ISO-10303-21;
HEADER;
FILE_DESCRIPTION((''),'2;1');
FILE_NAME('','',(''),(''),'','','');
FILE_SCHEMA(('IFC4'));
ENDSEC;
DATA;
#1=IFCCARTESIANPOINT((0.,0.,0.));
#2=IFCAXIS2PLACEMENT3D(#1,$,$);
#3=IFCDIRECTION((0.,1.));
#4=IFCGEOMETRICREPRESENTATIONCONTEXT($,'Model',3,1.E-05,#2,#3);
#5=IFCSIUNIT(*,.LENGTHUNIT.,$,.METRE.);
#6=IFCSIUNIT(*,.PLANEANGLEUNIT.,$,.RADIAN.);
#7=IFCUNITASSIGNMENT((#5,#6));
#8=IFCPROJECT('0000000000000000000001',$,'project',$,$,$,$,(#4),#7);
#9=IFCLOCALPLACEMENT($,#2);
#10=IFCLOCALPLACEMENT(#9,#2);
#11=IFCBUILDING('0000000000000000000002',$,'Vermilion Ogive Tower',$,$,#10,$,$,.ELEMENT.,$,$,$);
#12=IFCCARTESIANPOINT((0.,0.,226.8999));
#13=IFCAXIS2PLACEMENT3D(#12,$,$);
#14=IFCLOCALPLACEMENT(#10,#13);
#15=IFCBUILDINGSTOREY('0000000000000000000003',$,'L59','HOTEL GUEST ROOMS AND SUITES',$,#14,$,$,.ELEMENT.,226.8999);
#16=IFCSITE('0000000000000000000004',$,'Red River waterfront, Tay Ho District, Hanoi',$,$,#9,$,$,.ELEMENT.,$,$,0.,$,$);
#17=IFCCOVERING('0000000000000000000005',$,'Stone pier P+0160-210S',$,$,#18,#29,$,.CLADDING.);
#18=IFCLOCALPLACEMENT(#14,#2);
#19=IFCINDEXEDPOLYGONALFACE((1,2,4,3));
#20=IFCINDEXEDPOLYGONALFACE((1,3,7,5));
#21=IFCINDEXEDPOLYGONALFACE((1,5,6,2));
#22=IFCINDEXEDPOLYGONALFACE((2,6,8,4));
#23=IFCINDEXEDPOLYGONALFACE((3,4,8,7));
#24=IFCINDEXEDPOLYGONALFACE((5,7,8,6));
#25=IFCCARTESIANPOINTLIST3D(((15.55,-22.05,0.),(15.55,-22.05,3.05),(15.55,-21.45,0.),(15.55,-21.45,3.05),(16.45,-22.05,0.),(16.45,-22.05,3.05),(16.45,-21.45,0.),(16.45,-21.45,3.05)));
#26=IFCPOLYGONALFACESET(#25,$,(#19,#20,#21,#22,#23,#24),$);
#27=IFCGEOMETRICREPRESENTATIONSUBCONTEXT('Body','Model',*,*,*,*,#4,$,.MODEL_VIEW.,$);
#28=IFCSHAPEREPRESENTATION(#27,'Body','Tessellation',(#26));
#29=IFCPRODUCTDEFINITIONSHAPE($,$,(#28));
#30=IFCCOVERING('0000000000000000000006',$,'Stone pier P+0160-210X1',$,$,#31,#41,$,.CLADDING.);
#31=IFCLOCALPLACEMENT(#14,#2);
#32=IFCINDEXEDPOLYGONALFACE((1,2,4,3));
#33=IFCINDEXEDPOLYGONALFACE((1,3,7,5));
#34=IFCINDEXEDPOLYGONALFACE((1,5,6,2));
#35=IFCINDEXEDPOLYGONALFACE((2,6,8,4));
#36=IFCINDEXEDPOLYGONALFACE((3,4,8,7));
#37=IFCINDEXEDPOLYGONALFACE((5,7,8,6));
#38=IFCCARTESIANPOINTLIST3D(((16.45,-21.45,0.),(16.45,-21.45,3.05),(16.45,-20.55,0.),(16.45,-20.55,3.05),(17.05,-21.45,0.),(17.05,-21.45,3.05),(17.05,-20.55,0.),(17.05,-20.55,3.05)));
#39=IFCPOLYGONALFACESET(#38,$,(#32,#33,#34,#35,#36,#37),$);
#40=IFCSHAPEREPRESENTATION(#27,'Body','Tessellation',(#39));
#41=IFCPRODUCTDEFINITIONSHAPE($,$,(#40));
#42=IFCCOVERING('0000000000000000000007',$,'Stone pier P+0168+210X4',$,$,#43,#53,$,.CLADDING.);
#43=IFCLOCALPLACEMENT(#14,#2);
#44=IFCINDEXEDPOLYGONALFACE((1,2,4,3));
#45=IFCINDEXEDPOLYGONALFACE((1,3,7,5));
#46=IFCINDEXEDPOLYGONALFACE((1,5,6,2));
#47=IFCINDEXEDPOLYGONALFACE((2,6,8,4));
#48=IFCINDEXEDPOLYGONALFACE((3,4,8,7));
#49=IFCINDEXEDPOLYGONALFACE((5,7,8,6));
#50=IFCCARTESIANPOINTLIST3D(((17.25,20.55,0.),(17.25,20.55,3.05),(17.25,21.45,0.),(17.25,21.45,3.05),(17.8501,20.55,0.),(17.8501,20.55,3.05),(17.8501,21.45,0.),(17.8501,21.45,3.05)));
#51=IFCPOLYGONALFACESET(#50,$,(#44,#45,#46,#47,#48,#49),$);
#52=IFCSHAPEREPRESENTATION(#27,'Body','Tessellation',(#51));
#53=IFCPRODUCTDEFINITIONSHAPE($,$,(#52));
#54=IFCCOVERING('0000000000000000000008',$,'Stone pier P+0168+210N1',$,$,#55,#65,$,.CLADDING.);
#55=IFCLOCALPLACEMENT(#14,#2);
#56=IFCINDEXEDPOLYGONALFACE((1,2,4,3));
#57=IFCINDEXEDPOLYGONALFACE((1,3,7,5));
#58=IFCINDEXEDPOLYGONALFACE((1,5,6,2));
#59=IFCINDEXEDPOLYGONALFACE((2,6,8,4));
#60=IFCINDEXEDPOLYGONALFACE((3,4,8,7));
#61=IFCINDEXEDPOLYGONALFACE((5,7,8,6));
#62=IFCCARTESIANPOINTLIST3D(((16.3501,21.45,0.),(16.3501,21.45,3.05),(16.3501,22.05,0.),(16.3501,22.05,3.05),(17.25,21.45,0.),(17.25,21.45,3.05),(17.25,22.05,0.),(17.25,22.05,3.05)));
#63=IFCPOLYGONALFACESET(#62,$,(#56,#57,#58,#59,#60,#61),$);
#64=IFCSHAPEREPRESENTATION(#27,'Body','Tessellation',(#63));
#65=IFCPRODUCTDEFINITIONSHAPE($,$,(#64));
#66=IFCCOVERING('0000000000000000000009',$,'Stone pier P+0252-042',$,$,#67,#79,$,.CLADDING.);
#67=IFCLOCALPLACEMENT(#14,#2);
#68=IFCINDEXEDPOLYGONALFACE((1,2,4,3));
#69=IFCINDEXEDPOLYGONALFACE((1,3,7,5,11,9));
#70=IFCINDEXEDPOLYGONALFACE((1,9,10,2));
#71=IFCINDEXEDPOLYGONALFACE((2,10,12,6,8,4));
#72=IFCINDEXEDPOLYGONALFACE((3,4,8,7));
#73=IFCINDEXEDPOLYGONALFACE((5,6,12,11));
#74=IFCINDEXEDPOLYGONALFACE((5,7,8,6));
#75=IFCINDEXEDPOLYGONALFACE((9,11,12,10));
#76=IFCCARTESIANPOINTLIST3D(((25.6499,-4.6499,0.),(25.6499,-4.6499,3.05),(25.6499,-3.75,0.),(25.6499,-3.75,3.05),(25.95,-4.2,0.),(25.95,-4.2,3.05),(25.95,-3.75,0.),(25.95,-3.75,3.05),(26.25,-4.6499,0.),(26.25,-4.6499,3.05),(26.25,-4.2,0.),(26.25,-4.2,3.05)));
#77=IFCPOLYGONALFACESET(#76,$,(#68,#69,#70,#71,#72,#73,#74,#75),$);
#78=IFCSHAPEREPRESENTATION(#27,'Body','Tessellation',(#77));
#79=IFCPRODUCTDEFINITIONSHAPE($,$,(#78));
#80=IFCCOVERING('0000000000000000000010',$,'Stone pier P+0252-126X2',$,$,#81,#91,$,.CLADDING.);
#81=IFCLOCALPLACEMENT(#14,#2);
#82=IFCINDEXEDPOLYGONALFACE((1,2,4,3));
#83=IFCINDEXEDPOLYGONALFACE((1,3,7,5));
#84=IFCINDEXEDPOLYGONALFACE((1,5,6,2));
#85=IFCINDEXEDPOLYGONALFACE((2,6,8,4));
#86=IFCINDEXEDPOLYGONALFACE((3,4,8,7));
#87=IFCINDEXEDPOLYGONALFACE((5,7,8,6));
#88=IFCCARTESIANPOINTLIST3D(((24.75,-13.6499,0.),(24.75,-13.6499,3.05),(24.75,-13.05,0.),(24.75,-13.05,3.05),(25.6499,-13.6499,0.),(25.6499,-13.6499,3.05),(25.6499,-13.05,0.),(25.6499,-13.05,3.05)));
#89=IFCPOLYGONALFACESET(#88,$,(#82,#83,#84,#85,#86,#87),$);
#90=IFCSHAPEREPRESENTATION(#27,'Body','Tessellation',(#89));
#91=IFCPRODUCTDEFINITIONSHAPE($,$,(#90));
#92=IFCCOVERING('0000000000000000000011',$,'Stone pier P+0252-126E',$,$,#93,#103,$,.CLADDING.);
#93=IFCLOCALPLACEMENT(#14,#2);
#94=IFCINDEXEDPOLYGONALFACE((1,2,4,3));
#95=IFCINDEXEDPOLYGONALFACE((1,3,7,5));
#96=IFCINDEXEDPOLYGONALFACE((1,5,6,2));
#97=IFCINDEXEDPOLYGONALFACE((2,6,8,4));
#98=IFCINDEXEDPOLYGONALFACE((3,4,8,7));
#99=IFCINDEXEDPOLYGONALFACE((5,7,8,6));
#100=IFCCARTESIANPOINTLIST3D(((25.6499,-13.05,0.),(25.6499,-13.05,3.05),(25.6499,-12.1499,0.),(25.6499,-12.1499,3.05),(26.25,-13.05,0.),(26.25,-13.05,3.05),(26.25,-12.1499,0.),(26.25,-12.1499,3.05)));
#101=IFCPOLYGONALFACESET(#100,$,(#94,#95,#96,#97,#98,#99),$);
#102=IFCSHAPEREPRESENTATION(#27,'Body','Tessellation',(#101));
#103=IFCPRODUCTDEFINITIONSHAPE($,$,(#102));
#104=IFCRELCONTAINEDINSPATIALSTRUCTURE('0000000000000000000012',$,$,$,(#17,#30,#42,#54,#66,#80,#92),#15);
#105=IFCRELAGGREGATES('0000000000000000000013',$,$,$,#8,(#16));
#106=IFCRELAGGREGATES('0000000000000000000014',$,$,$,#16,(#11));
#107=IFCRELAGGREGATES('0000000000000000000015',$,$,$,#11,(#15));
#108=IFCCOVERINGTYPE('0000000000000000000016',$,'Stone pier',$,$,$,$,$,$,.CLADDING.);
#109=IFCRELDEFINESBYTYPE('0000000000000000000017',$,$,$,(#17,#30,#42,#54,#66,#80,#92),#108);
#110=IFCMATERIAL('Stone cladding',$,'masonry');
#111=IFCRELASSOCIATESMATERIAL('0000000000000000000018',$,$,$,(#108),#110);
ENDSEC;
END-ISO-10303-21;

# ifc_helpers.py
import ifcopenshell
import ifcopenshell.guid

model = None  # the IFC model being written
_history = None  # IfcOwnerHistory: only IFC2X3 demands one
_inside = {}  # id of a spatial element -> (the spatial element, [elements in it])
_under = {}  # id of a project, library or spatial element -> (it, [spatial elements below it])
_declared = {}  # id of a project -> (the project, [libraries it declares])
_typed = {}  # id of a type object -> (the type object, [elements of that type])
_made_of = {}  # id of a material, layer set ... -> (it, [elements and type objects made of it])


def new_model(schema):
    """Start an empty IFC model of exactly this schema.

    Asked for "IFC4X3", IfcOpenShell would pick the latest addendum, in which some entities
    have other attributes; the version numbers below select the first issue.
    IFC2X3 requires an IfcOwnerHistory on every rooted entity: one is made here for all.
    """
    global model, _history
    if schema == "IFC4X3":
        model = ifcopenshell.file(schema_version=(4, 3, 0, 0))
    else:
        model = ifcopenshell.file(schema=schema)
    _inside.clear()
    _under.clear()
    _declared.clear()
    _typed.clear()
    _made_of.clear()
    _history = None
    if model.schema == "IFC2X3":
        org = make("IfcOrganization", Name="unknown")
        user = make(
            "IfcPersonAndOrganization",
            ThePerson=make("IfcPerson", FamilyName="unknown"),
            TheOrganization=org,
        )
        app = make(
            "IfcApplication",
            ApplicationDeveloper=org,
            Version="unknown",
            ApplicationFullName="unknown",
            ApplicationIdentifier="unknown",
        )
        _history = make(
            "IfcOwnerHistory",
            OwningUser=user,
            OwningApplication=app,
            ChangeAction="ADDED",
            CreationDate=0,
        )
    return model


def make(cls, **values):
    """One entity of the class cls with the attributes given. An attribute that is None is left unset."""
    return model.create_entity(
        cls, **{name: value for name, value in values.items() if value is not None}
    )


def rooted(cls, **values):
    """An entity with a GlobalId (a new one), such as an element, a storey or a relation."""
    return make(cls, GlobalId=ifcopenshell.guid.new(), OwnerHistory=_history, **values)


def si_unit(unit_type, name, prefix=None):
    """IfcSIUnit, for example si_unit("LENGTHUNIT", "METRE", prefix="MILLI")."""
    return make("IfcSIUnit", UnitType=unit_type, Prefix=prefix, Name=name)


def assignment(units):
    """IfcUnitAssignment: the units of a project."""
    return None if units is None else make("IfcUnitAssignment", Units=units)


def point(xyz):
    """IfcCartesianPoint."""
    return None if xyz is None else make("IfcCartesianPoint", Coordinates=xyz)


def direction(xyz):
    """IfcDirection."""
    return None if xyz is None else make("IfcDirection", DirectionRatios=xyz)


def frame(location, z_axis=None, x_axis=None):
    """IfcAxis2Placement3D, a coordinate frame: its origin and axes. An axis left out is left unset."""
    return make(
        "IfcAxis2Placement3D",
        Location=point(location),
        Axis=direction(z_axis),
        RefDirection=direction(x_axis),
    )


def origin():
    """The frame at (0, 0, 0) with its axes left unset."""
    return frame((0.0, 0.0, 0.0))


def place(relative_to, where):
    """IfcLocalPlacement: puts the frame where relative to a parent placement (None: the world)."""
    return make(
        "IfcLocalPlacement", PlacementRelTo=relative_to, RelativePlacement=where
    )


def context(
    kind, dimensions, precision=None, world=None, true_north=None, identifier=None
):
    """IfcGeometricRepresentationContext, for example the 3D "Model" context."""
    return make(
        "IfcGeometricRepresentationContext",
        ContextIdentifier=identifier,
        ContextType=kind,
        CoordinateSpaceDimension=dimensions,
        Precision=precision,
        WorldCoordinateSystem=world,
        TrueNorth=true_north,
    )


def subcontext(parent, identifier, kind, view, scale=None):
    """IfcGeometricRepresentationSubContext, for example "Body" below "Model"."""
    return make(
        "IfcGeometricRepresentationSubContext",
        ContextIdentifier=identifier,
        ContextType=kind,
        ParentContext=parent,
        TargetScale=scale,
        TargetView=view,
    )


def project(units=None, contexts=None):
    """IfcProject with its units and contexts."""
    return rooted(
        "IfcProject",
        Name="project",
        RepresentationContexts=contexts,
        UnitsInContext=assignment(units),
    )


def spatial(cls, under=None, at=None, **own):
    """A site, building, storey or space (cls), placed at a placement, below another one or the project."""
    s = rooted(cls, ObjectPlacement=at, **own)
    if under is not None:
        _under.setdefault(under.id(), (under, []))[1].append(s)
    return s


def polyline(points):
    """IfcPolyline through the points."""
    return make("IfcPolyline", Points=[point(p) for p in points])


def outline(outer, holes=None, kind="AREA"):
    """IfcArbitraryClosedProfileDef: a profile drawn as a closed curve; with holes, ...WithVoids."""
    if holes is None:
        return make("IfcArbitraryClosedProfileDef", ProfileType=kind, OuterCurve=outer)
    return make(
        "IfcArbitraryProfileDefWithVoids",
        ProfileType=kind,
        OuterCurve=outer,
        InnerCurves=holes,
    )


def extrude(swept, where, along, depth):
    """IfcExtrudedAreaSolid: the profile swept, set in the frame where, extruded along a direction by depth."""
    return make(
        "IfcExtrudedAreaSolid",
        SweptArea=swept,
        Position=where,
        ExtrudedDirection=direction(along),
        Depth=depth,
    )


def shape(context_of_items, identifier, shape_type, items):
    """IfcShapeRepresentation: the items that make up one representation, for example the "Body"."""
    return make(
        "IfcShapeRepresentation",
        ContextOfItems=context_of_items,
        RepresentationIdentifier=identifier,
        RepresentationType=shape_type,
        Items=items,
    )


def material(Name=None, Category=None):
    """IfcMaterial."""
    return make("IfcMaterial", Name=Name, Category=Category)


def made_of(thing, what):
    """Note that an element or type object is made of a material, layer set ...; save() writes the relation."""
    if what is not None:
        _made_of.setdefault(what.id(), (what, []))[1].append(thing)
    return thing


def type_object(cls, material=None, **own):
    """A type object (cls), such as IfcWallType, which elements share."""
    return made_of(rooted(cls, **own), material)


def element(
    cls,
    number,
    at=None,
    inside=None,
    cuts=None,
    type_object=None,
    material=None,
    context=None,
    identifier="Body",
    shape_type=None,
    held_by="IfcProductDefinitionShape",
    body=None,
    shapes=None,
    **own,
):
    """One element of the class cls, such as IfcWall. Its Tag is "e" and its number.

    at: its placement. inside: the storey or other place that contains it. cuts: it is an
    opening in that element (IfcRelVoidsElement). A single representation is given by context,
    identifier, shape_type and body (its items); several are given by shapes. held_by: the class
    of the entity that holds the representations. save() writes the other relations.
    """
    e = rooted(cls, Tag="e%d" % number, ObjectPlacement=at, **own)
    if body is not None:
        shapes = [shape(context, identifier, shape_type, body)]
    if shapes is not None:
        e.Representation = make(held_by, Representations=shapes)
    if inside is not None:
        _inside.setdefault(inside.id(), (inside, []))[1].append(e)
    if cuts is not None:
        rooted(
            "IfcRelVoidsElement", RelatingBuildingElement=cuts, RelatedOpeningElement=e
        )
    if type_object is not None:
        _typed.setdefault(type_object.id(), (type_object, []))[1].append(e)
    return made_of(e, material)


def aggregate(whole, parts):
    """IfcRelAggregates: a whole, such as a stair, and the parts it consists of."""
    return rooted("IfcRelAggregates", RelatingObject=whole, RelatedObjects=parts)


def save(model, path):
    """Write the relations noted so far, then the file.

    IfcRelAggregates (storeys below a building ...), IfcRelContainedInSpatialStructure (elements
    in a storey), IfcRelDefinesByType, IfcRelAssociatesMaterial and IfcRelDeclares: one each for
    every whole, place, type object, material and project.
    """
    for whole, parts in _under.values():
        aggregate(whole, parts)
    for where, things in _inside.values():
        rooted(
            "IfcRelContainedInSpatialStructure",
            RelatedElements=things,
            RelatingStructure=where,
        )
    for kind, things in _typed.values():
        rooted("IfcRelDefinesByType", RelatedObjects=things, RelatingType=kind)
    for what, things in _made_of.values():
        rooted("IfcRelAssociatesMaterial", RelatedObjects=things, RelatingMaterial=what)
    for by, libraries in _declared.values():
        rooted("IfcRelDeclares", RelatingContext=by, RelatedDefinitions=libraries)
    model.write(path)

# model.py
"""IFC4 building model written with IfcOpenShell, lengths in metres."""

from ifc_helpers import new_model, si_unit, direction, frame, origin, place, context, subcontext, project, spatial, polyline, outline, extrude, material, type_object, element, save


model = new_model("IFC4")

# Units and contexts
model_context = context("Model", 3, precision=1e-05, world=origin(), true_north=direction((0.0, 1.0)))
body_context = subcontext(model_context, "Body", "Model", "MODEL_VIEW")
ifc_project = project(units=[si_unit("LENGTHUNIT", "METRE"), si_unit("PLANEANGLEUNIT", "RADIAN")], contexts=[model_context])

# Site, building, storey
site_placement = place(None, origin())
site = spatial("IfcSite", under=ifc_project, at=site_placement, Name="Red River waterfront, Tay Ho District, Hanoi", CompositionType="ELEMENT", RefElevation=0.0)
building_placement = place(site_placement, origin())
building = spatial("IfcBuilding", under=site, at=building_placement, Name="Vermilion Ogive Tower", CompositionType="ELEMENT")
storey_placement = place(building_placement, frame((0.0, 0.0, 226.8999)))
storey = spatial("IfcBuildingStorey", under=building, at=storey_placement, Name="L59", Description="HOTEL GUEST ROOMS AND SUITES", CompositionType="ELEMENT", Elevation=226.8999)

# Coverings
ifc_material_1 = material(Name="Stone cladding", Category="masonry")
covering_type_1 = type_object("IfcCoveringType", Name="Stone pier", PredefinedType="CLADDING", material=ifc_material_1)
covering_1_placement = place(storey_placement, origin())
element("IfcCovering", 1, at=covering_1_placement, inside=storey, type_object=covering_type_1, Name="Stone pier P+0160-210S", PredefinedType="CLADDING", context=body_context, shape_type="SweptSolid", body=[
    extrude(outline(polyline([(16.45, -21.45), (16.45, -21.45), (16.45, -22.05), (15.55, -22.05), (15.55, -21.45), (15.55, -21.45), (16.45, -21.45)])), origin(), (0.0, 0.0, 1.0), 3.05),
])
covering_2_placement = place(storey_placement, origin())
element("IfcCovering", 2, at=covering_2_placement, inside=storey, type_object=covering_type_1, Name="Stone pier P+0160-210X1", PredefinedType="CLADDING", context=body_context, shape_type="SweptSolid", body=[
    extrude(outline(polyline([(17.05, -21.45), (16.45, -21.45), (16.45, -21.45), (16.45, -20.55), (17.05, -20.55), (17.05, -21.45)])), origin(), (0.0, 0.0, 1.0), 3.05),
])
covering_3_placement = place(storey_placement, origin())
element("IfcCovering", 3, at=covering_3_placement, inside=storey, type_object=covering_type_1, Name="Stone pier P+0168+210X4", PredefinedType="CLADDING", context=body_context, shape_type="SweptSolid", body=[
    extrude(outline(polyline([(17.8501, 21.45), (17.8501, 20.55), (17.25, 20.55), (17.25, 21.45), (17.8501, 21.45)])), origin(), (0.0, 0.0, 1.0), 3.05),
])
covering_4_placement = place(storey_placement, origin())
element("IfcCovering", 4, at=covering_4_placement, inside=storey, type_object=covering_type_1, Name="Stone pier P+0168+210N1", PredefinedType="CLADDING", context=body_context, shape_type="SweptSolid", body=[
    extrude(outline(polyline([(17.25, 22.05), (17.25, 21.45), (16.3501, 21.45), (16.3501, 22.05), (17.25, 22.05)])), origin(), (0.0, 0.0, 1.0), 3.05),
])
covering_5_placement = place(storey_placement, origin())
element("IfcCovering", 5, at=covering_5_placement, inside=storey, type_object=covering_type_1, Name="Stone pier P+0252-042", PredefinedType="CLADDING", context=body_context, shape_type="SweptSolid", body=[
    extrude(outline(polyline([(25.95, -3.75), (25.95, -4.2), (26.25, -4.2), (26.25, -4.6499), (25.6499, -4.6499), (25.6499, -3.75), (25.95, -3.75)])), origin(), (0.0, 0.0, 1.0), 3.05),
])
covering_6_placement = place(storey_placement, origin())
element("IfcCovering", 6, at=covering_6_placement, inside=storey, type_object=covering_type_1, Name="Stone pier P+0252-126X2", PredefinedType="CLADDING", context=body_context, shape_type="SweptSolid", body=[
    extrude(outline(polyline([(25.6499, -13.6499), (24.75, -13.6499), (24.75, -13.05), (25.6499, -13.05), (25.6499, -13.6499)])), origin(), (0.0, 0.0, 1.0), 3.05),
])
covering_7_placement = place(storey_placement, origin())
element("IfcCovering", 7, at=covering_7_placement, inside=storey, type_object=covering_type_1, Name="Stone pier P+0252-126E", PredefinedType="CLADDING", context=body_context, shape_type="SweptSolid", body=[
    extrude(outline(polyline([(26.25, -13.05), (25.6499, -13.05), (25.6499, -12.1499), (26.25, -12.1499), (26.25, -13.05)])), origin(), (0.0, 0.0, 1.0), 3.05),
])

save(model, "model.ifc")
